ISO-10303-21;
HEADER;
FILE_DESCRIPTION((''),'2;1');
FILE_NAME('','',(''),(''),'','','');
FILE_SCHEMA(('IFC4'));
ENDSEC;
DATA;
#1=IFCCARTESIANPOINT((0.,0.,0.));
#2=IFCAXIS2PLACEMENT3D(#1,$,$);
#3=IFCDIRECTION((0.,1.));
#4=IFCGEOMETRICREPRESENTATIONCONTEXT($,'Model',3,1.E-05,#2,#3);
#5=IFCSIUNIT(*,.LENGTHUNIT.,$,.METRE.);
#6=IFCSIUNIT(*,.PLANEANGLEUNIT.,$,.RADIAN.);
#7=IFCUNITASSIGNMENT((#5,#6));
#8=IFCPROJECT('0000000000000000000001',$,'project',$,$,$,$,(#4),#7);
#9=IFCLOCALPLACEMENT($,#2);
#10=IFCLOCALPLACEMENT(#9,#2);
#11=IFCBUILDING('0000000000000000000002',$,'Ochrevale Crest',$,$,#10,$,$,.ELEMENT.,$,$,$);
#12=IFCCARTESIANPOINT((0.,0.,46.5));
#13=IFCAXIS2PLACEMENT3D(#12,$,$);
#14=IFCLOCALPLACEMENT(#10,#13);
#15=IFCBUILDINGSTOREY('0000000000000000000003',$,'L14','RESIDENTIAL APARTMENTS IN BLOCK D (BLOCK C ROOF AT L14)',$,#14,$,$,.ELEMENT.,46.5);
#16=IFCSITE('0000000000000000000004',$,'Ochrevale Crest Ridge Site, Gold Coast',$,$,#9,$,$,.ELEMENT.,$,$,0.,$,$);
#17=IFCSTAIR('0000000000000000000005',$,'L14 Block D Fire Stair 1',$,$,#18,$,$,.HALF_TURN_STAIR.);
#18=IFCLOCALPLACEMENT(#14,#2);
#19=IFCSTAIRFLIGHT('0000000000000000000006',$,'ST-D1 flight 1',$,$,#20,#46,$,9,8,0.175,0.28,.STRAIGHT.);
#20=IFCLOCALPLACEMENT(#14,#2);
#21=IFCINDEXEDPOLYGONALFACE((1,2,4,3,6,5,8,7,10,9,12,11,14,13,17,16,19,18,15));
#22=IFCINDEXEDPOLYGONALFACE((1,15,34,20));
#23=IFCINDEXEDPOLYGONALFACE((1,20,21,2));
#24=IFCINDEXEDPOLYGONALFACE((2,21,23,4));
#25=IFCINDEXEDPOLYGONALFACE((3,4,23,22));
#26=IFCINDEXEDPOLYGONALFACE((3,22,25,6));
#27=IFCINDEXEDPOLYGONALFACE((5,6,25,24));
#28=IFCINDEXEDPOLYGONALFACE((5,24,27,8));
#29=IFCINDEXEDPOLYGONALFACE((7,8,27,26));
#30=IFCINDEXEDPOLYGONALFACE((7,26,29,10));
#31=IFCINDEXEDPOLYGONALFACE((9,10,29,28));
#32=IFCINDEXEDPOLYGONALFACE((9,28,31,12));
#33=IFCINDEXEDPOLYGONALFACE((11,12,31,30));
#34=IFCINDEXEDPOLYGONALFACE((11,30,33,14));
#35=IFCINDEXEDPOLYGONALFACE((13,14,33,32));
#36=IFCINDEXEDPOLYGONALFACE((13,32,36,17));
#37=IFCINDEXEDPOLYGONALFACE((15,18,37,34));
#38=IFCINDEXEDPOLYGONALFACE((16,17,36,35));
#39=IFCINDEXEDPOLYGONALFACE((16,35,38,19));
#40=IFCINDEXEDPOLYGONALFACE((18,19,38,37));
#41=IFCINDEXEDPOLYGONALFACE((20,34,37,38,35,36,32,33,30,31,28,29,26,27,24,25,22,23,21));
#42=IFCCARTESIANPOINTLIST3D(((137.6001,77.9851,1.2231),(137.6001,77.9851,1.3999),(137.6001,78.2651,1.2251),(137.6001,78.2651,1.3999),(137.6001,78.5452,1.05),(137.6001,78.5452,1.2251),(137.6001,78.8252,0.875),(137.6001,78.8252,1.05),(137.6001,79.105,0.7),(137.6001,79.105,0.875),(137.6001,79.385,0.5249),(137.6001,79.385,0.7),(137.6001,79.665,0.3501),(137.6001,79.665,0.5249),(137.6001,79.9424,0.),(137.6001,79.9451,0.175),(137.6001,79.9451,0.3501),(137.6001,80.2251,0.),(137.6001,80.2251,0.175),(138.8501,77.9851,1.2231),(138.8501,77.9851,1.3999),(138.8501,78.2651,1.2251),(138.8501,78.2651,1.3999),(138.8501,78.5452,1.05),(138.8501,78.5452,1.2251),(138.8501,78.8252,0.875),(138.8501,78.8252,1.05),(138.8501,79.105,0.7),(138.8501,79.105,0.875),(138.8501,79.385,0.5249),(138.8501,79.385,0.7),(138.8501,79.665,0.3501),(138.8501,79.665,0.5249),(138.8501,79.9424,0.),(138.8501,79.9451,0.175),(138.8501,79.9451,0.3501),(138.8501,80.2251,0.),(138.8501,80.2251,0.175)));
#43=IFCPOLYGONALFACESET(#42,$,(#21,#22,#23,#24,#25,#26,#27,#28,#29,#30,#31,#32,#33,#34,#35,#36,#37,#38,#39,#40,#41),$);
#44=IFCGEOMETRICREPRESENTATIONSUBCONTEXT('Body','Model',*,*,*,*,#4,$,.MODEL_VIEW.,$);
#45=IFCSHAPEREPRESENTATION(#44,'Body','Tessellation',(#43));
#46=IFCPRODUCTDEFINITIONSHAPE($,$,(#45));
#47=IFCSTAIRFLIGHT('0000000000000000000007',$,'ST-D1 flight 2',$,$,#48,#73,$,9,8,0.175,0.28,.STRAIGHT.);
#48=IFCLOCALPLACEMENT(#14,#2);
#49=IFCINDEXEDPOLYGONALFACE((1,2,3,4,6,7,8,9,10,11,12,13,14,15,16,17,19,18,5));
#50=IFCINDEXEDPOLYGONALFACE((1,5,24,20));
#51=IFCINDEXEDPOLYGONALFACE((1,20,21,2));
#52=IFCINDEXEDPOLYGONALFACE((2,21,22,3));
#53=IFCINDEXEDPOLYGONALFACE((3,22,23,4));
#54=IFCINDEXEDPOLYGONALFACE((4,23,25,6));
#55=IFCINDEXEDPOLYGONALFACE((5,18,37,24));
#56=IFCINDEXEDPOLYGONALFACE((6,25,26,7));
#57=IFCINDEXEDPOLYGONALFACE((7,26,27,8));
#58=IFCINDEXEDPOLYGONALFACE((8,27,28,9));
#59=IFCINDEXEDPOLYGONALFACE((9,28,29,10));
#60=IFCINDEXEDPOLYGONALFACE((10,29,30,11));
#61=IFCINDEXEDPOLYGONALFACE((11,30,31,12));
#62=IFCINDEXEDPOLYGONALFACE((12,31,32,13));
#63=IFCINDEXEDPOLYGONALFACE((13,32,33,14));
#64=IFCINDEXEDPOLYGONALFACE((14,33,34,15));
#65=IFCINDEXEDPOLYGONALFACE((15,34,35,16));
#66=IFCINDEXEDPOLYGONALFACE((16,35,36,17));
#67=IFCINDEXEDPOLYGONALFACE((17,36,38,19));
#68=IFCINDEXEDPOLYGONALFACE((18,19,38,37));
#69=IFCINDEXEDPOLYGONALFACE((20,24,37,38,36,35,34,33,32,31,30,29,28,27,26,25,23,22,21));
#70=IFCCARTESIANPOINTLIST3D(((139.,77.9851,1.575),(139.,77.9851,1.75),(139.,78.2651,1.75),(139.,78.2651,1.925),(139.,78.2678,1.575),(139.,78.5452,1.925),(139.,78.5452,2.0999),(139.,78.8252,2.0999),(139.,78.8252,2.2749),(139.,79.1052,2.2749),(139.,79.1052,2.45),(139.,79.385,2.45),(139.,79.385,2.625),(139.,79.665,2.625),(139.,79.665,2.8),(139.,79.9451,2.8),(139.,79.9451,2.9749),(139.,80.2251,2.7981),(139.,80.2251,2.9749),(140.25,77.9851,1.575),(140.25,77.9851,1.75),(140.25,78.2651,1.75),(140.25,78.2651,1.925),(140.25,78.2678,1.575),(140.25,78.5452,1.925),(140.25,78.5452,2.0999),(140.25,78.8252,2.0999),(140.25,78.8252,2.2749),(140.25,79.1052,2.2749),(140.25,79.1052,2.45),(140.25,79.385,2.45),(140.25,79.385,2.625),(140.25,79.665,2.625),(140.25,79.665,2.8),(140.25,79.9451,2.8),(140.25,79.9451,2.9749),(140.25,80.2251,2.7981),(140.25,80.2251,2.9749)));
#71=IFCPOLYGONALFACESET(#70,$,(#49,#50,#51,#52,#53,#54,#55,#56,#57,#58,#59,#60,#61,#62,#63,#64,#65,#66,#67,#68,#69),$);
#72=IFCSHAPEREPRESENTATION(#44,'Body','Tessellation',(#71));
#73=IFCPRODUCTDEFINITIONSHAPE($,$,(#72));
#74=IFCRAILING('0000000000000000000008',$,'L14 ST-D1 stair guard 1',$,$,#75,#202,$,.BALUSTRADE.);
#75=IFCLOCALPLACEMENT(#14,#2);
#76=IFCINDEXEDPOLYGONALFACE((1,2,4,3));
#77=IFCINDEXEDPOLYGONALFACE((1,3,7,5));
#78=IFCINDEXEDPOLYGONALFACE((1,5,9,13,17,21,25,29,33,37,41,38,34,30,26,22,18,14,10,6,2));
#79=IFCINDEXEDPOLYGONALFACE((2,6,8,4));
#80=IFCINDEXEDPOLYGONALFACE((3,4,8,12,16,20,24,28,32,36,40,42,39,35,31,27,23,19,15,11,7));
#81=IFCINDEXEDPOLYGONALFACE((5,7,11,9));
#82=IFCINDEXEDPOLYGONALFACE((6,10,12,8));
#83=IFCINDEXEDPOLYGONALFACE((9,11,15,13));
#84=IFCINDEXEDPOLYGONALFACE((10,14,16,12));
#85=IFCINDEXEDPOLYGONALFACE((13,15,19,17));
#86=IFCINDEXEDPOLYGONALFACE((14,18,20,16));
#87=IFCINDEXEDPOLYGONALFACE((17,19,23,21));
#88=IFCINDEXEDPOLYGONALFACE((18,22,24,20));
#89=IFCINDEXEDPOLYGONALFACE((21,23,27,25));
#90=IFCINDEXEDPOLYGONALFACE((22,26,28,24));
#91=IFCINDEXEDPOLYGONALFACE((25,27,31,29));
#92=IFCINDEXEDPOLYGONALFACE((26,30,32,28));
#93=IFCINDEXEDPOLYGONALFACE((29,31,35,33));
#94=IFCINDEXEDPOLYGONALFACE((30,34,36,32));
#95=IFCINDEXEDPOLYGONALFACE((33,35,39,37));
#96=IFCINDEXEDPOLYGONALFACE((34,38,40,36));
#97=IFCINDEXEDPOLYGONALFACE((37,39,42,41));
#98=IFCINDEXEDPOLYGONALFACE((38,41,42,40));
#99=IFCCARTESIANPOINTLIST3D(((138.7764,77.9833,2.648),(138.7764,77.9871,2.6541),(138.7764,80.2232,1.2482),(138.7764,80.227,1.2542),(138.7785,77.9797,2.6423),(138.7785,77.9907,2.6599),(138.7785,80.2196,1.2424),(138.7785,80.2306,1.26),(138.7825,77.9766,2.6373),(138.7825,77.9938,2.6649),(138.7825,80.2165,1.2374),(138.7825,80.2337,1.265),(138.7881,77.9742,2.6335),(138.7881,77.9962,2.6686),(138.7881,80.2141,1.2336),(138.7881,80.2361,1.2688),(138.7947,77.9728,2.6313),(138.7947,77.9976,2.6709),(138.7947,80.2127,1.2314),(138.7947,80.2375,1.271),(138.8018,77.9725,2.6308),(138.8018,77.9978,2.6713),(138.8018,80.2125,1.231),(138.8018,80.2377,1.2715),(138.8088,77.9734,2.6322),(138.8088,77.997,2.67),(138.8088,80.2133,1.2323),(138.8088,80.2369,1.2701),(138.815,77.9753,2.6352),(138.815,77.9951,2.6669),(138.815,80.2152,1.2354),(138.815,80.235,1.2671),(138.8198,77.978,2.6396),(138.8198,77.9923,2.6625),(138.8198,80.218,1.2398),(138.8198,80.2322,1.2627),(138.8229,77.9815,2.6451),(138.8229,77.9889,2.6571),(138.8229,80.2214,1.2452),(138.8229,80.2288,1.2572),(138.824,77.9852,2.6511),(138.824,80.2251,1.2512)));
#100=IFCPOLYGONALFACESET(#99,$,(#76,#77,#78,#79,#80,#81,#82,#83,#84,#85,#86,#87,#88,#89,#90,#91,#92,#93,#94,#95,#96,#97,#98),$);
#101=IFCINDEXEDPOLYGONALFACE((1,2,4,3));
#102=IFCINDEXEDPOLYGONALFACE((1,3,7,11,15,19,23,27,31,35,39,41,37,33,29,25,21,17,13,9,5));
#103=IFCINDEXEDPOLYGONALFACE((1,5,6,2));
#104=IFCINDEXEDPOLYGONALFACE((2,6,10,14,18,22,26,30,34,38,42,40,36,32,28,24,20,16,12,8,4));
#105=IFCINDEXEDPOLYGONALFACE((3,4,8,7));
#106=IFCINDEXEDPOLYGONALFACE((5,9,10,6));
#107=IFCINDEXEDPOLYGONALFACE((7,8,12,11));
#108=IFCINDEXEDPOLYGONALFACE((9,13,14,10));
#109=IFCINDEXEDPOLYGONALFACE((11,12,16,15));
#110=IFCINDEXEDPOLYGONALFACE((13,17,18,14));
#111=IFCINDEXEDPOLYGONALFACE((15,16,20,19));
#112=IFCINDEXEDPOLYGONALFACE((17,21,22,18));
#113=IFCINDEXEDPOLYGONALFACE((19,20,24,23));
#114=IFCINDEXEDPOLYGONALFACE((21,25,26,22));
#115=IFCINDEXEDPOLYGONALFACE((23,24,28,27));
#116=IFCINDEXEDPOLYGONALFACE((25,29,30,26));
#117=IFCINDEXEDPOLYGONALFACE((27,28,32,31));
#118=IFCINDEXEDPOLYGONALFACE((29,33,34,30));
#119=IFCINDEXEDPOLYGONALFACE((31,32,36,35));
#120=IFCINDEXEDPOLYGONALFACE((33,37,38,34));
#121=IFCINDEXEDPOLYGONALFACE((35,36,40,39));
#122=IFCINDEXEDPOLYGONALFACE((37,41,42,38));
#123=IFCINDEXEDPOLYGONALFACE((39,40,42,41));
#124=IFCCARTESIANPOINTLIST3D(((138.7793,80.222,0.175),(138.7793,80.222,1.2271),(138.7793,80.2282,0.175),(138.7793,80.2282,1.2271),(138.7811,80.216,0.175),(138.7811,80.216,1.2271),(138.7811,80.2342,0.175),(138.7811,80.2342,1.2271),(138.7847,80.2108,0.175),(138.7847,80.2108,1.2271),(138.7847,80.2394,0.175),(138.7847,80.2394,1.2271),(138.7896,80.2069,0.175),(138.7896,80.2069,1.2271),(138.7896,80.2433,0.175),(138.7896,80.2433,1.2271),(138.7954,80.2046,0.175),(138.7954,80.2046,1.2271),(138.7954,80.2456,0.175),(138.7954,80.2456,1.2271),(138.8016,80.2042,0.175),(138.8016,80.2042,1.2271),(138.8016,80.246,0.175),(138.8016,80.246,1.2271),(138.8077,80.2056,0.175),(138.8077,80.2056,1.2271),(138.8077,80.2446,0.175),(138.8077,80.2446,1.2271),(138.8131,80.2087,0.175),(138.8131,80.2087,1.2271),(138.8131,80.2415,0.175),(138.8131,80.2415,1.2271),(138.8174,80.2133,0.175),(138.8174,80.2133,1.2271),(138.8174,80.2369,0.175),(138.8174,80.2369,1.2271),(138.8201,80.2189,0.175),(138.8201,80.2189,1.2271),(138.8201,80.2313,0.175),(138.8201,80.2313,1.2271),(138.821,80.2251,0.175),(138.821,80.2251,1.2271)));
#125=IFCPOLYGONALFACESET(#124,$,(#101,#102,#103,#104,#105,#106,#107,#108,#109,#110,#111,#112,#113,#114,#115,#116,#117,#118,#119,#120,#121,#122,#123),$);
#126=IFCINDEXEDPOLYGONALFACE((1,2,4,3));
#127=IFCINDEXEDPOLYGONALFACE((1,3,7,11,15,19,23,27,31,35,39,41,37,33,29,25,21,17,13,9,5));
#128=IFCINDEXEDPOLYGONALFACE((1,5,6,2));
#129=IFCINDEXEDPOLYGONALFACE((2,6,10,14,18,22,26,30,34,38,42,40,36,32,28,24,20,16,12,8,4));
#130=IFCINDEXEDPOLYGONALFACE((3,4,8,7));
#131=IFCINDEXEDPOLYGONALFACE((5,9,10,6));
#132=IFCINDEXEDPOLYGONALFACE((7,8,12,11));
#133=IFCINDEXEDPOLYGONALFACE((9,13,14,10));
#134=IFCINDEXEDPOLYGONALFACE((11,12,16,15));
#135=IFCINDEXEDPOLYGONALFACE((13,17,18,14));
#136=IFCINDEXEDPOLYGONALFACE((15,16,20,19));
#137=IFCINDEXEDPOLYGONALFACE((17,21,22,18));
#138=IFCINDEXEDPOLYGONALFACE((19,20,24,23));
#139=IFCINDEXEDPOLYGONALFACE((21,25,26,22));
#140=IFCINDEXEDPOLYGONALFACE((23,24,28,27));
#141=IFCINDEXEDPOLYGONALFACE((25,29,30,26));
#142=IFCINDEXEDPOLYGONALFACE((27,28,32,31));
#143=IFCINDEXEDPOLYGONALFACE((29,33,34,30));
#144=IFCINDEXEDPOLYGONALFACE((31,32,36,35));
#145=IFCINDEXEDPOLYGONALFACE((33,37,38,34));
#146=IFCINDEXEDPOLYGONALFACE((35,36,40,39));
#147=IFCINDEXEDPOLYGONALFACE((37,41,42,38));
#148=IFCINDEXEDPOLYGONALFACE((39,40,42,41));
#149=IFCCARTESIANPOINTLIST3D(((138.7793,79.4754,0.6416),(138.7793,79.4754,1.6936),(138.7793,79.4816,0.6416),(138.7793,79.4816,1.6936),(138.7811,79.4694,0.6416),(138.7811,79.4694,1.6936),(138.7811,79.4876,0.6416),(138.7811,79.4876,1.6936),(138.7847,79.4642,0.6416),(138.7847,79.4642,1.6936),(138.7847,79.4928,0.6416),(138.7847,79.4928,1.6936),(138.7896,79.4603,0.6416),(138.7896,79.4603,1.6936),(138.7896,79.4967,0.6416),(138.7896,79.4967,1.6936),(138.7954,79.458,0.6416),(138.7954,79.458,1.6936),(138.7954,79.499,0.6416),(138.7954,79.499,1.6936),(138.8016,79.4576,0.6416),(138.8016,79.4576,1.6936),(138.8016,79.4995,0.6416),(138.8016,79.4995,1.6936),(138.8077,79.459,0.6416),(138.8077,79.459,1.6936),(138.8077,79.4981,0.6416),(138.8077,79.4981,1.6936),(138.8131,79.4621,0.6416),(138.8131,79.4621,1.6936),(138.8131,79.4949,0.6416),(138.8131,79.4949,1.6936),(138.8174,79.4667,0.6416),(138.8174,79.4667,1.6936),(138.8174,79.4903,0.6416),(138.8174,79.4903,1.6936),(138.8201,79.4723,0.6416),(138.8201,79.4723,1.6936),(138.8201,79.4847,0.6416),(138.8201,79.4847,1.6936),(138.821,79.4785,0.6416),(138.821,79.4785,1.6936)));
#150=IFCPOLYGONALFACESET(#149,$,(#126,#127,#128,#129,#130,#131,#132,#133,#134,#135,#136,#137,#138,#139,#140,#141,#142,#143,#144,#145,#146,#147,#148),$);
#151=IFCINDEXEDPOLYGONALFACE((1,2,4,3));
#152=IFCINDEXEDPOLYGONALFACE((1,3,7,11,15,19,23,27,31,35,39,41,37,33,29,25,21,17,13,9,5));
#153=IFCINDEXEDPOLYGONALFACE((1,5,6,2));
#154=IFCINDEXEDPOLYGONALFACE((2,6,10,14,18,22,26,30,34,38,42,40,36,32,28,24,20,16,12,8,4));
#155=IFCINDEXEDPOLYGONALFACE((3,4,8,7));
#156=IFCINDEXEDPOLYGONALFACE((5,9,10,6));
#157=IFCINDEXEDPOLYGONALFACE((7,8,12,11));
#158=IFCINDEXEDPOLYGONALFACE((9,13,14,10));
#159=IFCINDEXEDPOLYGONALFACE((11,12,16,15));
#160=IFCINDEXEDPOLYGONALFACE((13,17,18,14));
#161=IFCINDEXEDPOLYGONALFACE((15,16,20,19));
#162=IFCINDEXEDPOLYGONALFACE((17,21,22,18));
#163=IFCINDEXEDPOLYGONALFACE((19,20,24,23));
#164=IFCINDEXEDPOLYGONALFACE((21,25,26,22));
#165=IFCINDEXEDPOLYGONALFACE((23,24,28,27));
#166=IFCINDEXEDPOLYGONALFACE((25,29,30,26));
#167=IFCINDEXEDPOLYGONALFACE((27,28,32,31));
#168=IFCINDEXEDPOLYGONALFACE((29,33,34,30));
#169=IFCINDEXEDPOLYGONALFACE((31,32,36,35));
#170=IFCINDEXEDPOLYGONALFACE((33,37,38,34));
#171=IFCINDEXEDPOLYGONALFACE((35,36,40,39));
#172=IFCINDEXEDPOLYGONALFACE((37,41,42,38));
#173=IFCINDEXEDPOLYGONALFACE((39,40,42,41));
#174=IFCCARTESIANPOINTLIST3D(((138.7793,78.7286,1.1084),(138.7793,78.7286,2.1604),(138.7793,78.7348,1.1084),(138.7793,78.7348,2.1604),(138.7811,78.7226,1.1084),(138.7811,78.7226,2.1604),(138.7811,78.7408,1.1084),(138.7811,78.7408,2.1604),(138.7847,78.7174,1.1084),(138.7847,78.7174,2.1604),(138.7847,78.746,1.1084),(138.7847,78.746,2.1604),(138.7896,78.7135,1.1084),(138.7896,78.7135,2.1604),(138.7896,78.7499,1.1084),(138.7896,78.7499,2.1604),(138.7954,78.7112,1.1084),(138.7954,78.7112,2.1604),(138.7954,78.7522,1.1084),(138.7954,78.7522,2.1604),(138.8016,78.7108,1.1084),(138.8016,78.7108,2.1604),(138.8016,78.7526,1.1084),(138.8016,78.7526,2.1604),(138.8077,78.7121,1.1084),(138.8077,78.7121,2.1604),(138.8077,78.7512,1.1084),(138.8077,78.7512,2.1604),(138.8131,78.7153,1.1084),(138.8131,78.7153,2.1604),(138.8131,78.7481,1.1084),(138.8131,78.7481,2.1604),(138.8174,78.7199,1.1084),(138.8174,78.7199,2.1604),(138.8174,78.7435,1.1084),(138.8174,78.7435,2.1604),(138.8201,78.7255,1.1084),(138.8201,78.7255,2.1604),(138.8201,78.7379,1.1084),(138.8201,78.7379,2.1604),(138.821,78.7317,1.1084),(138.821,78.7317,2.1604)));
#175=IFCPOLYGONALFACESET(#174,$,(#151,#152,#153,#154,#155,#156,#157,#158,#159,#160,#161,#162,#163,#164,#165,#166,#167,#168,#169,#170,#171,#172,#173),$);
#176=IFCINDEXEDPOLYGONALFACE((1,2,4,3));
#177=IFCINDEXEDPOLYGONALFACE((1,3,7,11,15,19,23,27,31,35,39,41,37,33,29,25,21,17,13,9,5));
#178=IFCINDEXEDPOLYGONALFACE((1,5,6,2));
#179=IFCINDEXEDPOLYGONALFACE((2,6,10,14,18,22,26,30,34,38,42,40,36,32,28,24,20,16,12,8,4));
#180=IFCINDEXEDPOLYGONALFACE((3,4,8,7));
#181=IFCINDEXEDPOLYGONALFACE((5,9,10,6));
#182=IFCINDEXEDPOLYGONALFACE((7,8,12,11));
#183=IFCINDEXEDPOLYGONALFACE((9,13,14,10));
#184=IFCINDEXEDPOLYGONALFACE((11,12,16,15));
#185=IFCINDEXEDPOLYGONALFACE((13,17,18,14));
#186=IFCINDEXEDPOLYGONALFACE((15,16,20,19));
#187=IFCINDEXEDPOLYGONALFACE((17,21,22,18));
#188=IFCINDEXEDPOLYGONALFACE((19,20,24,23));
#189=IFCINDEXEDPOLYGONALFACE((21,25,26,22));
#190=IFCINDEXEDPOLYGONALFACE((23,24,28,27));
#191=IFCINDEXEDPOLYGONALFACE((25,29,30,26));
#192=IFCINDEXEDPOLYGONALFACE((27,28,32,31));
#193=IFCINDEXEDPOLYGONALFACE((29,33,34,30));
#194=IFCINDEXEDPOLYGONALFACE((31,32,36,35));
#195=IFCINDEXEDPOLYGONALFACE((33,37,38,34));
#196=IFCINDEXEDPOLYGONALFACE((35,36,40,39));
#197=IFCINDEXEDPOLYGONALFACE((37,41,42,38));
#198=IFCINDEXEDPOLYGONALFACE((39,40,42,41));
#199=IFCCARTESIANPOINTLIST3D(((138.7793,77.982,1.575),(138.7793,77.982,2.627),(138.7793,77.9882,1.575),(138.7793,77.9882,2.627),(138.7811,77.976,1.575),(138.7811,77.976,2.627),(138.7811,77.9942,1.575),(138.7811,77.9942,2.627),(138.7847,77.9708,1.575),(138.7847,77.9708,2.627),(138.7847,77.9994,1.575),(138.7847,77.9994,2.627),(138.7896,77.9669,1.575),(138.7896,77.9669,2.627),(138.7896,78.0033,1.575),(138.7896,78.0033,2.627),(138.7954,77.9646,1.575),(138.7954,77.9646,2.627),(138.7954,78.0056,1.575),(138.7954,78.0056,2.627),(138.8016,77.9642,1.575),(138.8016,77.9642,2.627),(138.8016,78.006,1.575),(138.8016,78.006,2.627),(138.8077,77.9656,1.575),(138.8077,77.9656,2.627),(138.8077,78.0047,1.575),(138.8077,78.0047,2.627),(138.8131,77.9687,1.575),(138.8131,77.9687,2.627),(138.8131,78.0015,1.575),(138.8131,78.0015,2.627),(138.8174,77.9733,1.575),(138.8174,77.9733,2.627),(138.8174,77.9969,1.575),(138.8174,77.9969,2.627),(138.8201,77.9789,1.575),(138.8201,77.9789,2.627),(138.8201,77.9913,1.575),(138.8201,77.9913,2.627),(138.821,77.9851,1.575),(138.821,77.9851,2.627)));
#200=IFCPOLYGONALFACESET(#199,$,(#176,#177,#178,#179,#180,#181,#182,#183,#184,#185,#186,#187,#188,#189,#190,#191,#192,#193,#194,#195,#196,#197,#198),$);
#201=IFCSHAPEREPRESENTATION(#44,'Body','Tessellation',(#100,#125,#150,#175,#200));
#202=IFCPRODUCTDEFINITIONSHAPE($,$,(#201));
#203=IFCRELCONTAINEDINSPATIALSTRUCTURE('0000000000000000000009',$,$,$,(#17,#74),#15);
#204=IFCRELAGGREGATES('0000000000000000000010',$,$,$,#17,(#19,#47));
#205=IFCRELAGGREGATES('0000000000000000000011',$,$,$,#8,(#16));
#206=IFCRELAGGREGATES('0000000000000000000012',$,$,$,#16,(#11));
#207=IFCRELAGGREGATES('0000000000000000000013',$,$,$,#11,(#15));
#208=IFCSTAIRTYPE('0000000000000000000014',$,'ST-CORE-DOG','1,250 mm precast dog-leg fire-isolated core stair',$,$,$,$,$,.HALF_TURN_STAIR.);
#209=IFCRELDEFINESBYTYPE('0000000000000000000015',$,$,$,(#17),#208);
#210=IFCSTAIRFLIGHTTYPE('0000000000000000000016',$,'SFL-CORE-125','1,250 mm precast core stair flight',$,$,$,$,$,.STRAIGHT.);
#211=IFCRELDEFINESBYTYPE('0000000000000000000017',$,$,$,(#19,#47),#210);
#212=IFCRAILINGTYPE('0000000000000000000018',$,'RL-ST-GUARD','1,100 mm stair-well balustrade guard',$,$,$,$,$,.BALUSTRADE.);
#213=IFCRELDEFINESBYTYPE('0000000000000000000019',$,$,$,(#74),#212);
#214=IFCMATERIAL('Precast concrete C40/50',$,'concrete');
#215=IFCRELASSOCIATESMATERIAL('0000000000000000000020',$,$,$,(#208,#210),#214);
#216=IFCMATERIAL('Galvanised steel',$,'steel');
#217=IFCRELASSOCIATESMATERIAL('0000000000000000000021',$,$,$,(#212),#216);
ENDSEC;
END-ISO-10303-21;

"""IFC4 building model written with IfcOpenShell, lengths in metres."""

from ifc_helpers import new_model, si_unit, direction, frame, origin, origin_2d, place, context, subcontext, project, spatial, polyline, circle, outline, extrude, material, type_object, element, aggregate, save


model = new_model("IFC4")

# Units and contexts
model_context = context("Model", 3, precision=1e-05, world=origin(), true_north=direction((0.0, 1.0)))
body_context = subcontext(model_context, "Body", "Model", "MODEL_VIEW")
ifc_project = project(units=[si_unit("LENGTHUNIT", "METRE"), si_unit("PLANEANGLEUNIT", "RADIAN")], contexts=[model_context])

# Site, building, storey
site_placement = place(None, origin())
site = spatial("IfcSite", under=ifc_project, at=site_placement, Name="Ochrevale Crest Ridge Site, Gold Coast", CompositionType="ELEMENT", RefElevation=0.0)
building_placement = place(site_placement, origin())
building = spatial("IfcBuilding", under=site, at=building_placement, Name="Ochrevale Crest", CompositionType="ELEMENT")
storey_placement = place(building_placement, frame((0.0, 0.0, 46.5)))
storey = spatial("IfcBuildingStorey", under=building, at=storey_placement, Name="L14", Description="RESIDENTIAL APARTMENTS IN BLOCK D (BLOCK C ROOF AT L14)", CompositionType="ELEMENT", Elevation=46.5)

# Shared definitions
ifc_material_1 = material(Name="Precast concrete C40/50", Category="concrete")

# Stair, stair flights
stair_type = type_object("IfcStairType", Name="ST-CORE-DOG", Description="1,250 mm precast dog-leg fire-isolated core stair", PredefinedType="HALF_TURN_STAIR", material=ifc_material_1)
stair_placement = place(storey_placement, origin())
stair = element("IfcStair", 1, at=stair_placement, inside=storey, type_object=stair_type, Name="L14 Block D Fire Stair 1", PredefinedType="HALF_TURN_STAIR")
stair_flight_type = type_object("IfcStairFlightType", Name="SFL-CORE-125", Description="1,250 mm precast core stair flight", PredefinedType="STRAIGHT", material=ifc_material_1)
stair_flight_1_placement = place(storey_placement, frame((138.2251, 80.2251, 0.0), z_axis=(0.0, 0.0, 1.0), x_axis=(0.0, -1.0, 0.0)))
stair_flight_1 = element("IfcStairFlight", 2, at=stair_flight_1_placement, type_object=stair_flight_type, Name="ST-D1 flight 1", NumberOfRisers=9, NumberOfTreads=8, PredefinedType="STRAIGHT", RiserHeight=0.175, TreadLength=0.28, context=body_context, shape_type="SweptSolid", body=[
    extrude(outline(polyline([(0.0, 0.0), (0.0, 0.175), (0.28, 0.175), (0.28, 0.3501), (0.5601, 0.3501), (0.5601, 0.5249), (0.8401, 0.5249), (0.8401, 0.7), (1.1201, 0.7), (1.1201, 0.875), (1.3999, 0.875), (1.3999, 1.05), (1.6799, 1.05), (1.6799, 1.2251), (1.96, 1.2251), (1.96, 1.3999), (2.24, 1.3999), (2.24, 1.575), (2.24, 1.2231), (0.2827, 0.0), (0.0, 0.0)])), frame((0.0, 0.625, 0.0), z_axis=(0.0, -1.0, 0.0), x_axis=(1.0, 0.0, 0.0)), (0.0, 0.0, 1.0), 1.25),
])
stair_flight_2_placement = place(storey_placement, frame((139.625, 77.9851, 1.575), z_axis=(0.0, 0.0, 1.0), x_axis=(0.0, 1.0, 0.0)))
stair_flight_2 = element("IfcStairFlight", 3, at=stair_flight_2_placement, type_object=stair_flight_type, Name="ST-D1 flight 2", NumberOfRisers=9, NumberOfTreads=8, PredefinedType="STRAIGHT", RiserHeight=0.175, TreadLength=0.28, context=body_context, shape_type="SweptSolid", body=[
    extrude(outline(polyline([(0.0, 0.0), (0.0, 0.175), (0.28, 0.175), (0.28, 0.3501), (0.5601, 0.3501), (0.5601, 0.5249), (0.8401, 0.5249), (0.8401, 0.7), (1.1201, 0.7), (1.1201, 0.875), (1.3999, 0.875), (1.3999, 1.05), (1.6799, 1.05), (1.6799, 1.2251), (1.96, 1.2251), (1.96, 1.3999), (2.24, 1.3999), (2.24, 1.575), (2.24, 1.2231), (0.2827, 0.0), (0.0, 0.0)])), frame((0.0, 0.625, 0.0), z_axis=(0.0, -1.0, 0.0), x_axis=(1.0, 0.0, 0.0)), (0.0, 0.0, 1.0), 1.25),
])
aggregate(stair, [stair_flight_1, stair_flight_2])

# Railing
ifc_material_2 = material(Name="Galvanised steel", Category="steel")
railing_type_1 = type_object("IfcRailingType", Name="RL-ST-GUARD", Description="1,100 mm stair-well balustrade guard", PredefinedType="BALUSTRADE", material=ifc_material_2)
railing_1_placement = place(storey_placement, frame((138.8, 80.2251, 0.175)))
element("IfcRailing", 4, at=railing_1_placement, inside=storey, type_object=railing_type_1, Name="L14 ST-D1 stair guard 1", PredefinedType="BALUSTRADE", context=body_context, shape_type="SweptSolid", body=[
    extrude(circle(Radius=0.0239, at=origin_2d()), frame((0.0, 0.0, 1.0762), z_axis=(0.0, -0.848014, 0.529974), x_axis=(1.0, 0.0, 0.0)), (0.0, 0.0, 1.0), 2.6414),
    extrude(circle(Radius=0.021, at=origin_2d()), origin(), (0.0, 0.0, 1.0), 1.052),
    extrude(circle(Radius=0.021, at=origin_2d()), frame((0.0, -0.7466, 0.4666)), (0.0, 0.0, 1.0), 1.052),
    extrude(circle(Radius=0.021, at=origin_2d()), frame((0.0, -1.4934, 0.9333)), (0.0, 0.0, 1.0), 1.052),
    extrude(circle(Radius=0.021, at=origin_2d()), frame((0.0, -2.24, 1.3999)), (0.0, 0.0, 1.0), 1.052),
])

save(model, "model.ifc")
